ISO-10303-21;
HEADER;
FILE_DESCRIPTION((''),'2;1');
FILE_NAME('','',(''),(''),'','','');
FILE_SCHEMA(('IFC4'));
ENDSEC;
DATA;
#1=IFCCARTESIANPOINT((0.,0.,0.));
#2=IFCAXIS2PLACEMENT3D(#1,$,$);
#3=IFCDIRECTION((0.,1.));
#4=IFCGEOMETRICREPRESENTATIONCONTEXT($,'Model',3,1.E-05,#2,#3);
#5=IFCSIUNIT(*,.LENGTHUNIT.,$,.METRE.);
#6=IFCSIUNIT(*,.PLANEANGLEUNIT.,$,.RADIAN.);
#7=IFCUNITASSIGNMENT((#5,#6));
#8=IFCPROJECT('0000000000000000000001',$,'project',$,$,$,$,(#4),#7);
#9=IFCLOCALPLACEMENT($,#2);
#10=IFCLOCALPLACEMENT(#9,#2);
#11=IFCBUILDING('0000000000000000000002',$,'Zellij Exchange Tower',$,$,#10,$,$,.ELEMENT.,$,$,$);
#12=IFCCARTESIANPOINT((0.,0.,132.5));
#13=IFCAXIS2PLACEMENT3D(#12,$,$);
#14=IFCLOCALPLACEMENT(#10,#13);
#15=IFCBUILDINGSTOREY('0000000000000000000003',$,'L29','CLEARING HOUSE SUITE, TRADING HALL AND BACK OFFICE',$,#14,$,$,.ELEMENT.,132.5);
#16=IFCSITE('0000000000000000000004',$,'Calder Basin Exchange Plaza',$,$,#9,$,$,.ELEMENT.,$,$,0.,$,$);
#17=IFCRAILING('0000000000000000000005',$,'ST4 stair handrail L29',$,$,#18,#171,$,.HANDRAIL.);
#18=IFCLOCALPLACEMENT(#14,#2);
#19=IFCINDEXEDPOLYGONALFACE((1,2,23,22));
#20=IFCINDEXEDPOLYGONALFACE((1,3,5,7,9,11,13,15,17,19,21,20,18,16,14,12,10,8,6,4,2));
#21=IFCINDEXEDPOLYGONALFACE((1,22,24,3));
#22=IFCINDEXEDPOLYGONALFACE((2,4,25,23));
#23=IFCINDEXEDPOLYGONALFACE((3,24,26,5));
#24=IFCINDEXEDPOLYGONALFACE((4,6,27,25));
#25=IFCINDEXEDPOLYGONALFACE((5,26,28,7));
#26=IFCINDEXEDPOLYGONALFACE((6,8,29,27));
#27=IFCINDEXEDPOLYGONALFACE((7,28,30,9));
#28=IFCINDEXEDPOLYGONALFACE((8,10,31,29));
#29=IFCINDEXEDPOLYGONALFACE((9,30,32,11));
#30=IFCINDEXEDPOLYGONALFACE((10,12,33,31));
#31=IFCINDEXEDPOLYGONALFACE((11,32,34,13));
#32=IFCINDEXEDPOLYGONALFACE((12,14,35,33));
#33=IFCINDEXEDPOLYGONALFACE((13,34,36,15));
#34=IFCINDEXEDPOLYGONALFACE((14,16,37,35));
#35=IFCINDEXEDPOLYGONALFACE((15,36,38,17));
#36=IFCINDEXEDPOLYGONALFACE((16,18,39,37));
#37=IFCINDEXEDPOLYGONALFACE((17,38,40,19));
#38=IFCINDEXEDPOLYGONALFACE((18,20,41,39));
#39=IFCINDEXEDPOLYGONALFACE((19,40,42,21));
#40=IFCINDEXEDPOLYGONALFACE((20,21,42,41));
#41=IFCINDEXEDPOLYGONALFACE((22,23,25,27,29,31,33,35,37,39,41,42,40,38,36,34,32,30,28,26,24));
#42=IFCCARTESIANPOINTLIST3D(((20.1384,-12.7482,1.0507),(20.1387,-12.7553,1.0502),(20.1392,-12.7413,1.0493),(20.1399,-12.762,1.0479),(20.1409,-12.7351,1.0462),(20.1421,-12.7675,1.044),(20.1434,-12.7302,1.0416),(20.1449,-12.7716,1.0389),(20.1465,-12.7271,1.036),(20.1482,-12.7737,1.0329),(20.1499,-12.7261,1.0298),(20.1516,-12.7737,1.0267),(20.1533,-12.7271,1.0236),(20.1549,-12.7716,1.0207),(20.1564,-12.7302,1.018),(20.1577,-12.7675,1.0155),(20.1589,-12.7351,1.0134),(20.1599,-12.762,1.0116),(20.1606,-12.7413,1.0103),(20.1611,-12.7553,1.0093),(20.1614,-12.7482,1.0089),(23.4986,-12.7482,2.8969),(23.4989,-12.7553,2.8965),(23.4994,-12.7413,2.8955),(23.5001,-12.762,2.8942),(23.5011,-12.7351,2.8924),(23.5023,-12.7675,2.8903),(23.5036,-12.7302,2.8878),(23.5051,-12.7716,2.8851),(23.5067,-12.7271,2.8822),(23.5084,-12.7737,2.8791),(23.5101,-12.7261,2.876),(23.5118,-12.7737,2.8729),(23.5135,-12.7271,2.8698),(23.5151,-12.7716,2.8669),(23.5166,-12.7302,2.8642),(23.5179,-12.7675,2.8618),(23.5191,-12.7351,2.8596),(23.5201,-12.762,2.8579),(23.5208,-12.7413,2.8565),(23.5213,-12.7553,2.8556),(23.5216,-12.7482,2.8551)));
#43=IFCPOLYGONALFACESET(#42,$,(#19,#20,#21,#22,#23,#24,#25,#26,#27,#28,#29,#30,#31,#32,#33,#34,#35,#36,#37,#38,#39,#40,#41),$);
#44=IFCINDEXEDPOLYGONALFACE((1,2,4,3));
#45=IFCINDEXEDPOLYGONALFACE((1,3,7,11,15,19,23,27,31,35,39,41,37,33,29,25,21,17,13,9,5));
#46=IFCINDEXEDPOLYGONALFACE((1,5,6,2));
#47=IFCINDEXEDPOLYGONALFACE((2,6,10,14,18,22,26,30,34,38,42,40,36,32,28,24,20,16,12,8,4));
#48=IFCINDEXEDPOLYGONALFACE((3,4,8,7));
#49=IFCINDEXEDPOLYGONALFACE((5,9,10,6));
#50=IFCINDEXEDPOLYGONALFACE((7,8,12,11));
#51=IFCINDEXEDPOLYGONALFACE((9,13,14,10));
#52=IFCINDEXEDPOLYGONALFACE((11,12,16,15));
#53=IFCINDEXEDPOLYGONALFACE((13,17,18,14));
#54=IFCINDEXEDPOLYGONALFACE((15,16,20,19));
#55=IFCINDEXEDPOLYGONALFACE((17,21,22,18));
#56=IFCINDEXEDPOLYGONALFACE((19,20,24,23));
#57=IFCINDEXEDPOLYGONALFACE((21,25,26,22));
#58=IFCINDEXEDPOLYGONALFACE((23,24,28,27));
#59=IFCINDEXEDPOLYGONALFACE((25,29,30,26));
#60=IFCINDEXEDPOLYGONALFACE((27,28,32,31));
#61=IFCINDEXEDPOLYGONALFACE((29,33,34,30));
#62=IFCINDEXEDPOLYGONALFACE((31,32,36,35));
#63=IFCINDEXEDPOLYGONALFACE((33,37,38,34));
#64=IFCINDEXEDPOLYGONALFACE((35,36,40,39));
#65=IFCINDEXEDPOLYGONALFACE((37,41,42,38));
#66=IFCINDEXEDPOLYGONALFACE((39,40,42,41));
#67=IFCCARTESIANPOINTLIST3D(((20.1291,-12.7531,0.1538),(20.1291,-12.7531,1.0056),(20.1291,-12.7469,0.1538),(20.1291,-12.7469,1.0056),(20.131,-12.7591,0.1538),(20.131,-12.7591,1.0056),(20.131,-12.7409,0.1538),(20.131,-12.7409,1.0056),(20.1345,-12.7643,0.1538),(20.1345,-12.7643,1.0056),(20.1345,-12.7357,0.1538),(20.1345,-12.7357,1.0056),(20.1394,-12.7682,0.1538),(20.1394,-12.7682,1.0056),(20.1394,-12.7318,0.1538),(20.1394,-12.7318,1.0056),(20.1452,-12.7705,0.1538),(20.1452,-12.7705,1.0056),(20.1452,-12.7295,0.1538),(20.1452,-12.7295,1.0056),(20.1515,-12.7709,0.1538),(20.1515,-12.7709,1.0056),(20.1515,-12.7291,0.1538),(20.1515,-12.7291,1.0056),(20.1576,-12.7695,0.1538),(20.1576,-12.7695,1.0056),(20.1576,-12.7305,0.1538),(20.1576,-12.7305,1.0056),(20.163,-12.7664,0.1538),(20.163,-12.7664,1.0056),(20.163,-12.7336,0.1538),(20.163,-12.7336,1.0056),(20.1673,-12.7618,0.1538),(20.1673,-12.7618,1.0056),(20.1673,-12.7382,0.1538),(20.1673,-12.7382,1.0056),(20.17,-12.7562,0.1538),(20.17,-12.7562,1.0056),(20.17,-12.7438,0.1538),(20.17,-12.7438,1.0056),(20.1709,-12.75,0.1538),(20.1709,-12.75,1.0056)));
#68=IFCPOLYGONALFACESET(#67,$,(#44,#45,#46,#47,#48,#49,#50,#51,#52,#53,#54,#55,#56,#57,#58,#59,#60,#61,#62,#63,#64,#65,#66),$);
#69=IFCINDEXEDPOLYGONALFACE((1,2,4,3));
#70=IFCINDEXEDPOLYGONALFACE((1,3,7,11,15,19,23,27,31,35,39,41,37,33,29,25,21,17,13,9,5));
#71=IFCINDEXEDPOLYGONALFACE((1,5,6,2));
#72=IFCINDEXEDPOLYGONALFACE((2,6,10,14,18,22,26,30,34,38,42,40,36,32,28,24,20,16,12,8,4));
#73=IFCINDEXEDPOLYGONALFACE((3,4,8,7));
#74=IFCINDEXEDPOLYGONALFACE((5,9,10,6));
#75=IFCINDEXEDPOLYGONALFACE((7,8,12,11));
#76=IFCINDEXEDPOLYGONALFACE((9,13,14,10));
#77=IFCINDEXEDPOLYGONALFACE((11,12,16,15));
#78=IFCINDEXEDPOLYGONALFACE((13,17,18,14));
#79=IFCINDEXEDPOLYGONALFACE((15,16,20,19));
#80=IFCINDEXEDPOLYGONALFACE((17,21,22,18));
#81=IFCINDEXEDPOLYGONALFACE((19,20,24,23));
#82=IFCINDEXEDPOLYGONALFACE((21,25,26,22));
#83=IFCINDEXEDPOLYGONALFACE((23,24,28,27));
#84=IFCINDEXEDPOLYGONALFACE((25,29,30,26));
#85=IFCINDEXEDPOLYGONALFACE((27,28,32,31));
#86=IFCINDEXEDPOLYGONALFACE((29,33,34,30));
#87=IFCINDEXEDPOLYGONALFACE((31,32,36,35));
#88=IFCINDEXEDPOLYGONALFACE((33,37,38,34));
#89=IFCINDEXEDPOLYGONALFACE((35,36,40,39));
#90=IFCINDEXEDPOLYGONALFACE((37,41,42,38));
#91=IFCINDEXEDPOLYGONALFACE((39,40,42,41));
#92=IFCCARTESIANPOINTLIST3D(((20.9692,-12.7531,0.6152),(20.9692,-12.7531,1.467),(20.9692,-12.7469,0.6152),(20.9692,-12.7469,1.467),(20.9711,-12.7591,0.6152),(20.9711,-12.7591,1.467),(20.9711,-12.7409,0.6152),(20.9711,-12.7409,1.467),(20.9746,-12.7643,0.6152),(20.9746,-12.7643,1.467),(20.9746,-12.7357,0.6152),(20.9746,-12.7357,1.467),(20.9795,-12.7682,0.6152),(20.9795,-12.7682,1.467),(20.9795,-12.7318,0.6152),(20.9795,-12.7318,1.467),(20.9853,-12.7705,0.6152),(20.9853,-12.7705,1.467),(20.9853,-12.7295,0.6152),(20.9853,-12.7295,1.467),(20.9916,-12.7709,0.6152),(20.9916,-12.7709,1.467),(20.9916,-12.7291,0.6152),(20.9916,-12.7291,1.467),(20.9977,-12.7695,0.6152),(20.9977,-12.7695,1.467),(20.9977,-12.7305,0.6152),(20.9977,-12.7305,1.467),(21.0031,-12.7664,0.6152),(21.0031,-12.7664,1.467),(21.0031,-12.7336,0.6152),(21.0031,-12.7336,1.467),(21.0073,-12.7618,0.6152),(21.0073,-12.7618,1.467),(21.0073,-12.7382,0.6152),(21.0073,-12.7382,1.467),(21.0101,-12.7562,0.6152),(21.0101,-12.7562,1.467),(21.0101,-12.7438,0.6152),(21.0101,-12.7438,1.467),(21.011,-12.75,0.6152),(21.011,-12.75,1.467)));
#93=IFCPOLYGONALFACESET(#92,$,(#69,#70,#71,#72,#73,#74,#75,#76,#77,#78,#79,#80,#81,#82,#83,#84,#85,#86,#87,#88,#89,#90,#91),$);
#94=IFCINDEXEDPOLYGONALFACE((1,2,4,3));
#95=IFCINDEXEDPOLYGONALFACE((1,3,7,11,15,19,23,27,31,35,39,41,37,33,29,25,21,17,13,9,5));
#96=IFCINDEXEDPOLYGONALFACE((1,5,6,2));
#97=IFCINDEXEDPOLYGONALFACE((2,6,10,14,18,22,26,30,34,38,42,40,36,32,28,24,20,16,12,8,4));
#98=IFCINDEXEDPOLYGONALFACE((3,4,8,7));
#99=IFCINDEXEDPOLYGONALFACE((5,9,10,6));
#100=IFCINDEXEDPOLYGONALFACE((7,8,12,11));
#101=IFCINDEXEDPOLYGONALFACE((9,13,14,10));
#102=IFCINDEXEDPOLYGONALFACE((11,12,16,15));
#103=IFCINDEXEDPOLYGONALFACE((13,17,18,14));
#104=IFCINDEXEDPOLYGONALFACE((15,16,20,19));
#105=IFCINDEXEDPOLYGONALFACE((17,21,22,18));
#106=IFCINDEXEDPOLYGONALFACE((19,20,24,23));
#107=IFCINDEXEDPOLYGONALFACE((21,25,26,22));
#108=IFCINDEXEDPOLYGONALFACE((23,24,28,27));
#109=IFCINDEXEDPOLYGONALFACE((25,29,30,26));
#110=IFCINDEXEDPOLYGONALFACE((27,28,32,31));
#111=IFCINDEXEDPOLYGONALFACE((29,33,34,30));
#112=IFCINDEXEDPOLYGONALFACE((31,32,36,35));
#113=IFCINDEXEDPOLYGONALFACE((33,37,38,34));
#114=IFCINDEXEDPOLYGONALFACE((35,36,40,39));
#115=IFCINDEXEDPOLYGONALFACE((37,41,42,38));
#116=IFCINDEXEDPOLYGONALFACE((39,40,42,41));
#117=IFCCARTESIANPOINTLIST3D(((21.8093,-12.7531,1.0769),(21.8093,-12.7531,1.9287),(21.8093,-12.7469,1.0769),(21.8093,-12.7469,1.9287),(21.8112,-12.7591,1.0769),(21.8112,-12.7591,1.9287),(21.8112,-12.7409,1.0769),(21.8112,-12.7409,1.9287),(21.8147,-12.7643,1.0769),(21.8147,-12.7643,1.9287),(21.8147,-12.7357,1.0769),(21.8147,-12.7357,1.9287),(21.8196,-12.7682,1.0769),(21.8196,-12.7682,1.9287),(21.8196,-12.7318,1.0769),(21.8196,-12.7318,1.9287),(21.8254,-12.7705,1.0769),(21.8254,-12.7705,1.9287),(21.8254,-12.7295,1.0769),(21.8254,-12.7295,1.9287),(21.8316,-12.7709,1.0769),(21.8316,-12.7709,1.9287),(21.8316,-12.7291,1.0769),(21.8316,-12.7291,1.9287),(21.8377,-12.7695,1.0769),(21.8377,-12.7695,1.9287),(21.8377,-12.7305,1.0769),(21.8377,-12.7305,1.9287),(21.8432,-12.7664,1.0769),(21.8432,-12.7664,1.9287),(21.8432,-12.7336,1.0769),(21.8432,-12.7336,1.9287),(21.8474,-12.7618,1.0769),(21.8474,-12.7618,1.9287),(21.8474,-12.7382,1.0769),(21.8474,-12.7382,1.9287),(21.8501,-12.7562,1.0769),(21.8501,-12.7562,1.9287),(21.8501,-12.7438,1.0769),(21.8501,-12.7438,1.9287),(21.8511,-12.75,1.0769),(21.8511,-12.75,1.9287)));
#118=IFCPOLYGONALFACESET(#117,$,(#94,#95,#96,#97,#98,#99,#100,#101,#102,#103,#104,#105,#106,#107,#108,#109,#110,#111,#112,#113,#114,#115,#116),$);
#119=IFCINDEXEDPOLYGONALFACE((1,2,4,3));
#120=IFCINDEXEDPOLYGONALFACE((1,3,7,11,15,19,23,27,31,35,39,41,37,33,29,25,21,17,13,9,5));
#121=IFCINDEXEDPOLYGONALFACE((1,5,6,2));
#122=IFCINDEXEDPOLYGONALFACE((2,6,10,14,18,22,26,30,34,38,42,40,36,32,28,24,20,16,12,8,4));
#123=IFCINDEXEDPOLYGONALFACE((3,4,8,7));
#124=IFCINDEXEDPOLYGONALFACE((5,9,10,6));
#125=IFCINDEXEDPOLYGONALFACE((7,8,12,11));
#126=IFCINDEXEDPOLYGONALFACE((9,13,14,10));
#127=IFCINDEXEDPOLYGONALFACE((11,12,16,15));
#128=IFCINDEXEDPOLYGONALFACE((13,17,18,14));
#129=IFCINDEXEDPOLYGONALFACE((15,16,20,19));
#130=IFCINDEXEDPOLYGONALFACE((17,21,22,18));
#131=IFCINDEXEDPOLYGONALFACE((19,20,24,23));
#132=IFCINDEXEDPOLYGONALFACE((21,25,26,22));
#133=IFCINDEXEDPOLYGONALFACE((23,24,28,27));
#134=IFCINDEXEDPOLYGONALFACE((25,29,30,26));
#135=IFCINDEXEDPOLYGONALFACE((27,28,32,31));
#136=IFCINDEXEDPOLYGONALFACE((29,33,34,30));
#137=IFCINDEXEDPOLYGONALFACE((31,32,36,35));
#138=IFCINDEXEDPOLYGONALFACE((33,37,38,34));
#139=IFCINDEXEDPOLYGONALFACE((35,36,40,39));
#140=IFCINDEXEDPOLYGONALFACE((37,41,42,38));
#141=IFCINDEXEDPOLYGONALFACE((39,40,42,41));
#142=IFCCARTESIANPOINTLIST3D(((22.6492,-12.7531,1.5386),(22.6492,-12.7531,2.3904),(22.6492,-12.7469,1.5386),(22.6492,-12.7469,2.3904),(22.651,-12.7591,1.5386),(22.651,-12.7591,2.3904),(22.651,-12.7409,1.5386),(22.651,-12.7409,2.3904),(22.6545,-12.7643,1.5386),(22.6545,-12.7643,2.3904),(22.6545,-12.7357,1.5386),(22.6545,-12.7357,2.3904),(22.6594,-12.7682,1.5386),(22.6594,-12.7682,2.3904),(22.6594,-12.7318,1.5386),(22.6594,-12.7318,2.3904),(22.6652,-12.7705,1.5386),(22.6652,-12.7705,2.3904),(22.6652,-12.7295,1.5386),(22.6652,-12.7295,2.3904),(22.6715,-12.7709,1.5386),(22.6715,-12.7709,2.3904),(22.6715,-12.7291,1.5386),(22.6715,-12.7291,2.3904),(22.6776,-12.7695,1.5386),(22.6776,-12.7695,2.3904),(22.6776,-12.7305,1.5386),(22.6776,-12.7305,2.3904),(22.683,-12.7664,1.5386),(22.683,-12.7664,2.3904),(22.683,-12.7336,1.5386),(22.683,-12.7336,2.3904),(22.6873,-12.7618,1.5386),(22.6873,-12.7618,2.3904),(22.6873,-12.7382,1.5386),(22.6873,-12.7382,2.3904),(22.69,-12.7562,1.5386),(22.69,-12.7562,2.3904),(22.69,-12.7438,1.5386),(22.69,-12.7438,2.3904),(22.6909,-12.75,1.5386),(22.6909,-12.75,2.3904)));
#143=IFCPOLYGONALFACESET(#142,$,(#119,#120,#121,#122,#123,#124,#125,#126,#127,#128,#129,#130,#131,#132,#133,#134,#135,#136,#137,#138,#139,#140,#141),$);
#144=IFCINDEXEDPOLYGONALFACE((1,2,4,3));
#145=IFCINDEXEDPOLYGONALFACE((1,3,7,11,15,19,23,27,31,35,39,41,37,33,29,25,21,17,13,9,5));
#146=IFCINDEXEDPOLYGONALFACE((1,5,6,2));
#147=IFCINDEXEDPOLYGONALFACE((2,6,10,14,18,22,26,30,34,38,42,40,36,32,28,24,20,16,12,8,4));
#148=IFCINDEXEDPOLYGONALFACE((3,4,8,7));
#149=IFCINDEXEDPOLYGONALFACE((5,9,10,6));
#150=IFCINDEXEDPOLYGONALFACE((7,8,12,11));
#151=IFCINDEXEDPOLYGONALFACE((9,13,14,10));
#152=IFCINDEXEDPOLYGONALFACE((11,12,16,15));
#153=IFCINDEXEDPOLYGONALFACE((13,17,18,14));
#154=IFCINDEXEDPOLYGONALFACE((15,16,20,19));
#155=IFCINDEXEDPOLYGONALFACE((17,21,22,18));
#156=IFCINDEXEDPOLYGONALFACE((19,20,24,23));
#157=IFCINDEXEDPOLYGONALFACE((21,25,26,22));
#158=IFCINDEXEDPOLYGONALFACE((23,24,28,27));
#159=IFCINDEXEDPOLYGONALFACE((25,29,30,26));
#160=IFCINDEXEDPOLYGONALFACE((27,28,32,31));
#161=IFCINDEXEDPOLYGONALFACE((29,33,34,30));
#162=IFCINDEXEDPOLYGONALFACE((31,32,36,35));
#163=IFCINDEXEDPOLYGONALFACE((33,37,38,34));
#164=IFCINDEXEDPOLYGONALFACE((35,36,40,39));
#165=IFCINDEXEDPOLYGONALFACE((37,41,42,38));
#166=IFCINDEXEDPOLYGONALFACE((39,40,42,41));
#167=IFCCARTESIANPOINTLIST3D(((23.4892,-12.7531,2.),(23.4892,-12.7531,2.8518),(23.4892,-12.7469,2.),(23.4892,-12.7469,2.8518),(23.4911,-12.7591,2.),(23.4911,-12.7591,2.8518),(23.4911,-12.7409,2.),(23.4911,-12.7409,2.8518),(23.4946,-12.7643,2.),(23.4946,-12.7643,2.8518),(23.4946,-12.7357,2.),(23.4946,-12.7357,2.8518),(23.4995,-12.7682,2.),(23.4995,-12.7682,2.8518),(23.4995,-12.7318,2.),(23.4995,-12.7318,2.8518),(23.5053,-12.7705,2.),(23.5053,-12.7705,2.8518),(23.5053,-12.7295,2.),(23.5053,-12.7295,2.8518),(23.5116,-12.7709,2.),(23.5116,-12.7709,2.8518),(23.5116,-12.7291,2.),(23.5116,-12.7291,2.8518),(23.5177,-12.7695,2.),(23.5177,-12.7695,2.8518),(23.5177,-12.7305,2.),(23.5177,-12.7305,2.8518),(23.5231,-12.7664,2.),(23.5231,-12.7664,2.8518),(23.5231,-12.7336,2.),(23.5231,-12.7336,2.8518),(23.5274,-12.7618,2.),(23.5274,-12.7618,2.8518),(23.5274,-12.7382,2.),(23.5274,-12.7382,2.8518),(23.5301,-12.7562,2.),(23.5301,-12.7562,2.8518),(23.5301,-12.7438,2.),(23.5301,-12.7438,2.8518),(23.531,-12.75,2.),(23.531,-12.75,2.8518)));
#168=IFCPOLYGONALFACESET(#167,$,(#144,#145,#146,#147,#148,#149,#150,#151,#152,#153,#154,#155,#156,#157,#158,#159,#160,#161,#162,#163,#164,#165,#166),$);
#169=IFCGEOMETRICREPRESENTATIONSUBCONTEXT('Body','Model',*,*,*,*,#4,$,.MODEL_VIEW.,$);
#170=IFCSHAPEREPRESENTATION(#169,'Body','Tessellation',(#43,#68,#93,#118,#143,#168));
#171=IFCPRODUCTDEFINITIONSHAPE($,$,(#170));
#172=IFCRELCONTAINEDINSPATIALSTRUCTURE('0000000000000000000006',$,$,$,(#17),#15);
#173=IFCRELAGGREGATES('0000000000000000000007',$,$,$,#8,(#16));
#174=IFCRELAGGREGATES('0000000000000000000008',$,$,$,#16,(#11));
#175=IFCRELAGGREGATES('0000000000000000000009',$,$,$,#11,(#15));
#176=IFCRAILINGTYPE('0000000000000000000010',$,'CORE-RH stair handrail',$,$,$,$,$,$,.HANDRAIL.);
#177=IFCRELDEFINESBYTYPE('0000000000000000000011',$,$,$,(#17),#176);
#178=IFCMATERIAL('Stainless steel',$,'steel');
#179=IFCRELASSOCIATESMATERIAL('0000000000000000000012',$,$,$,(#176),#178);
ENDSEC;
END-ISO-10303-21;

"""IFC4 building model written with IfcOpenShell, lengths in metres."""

from ifc_helpers import new_model, si_unit, direction, frame, origin, origin_2d, place, context, subcontext, project, spatial, circle, extrude, material, type_object, element, save


model = new_model("IFC4")

# Units and contexts
model_context = context("Model", 3, precision=1e-05, world=origin(), true_north=direction((0.0, 1.0)))
body_context = subcontext(model_context, "Body", "Model", "MODEL_VIEW")
ifc_project = project(units=[si_unit("LENGTHUNIT", "METRE"), si_unit("PLANEANGLEUNIT", "RADIAN")], contexts=[model_context])

# Site, building, storey
site_placement = place(None, origin())
site = spatial("IfcSite", under=ifc_project, at=site_placement, Name="Calder Basin Exchange Plaza", CompositionType="ELEMENT", RefElevation=0.0)
building_placement = place(site_placement, origin())
building = spatial("IfcBuilding", under=site, at=building_placement, Name="Zellij Exchange Tower", CompositionType="ELEMENT")
storey_placement = place(building_placement, frame((0.0, 0.0, 132.5)))
storey = spatial("IfcBuildingStorey", under=building, at=storey_placement, Name="L29", Description="CLEARING HOUSE SUITE, TRADING HALL AND BACK OFFICE", CompositionType="ELEMENT", Elevation=132.5)

# Railing
ifc_material_1 = material(Name="Stainless steel", Category="steel")
railing_type_1 = type_object("IfcRailingType", Name="CORE-RH stair handrail", PredefinedType="HANDRAIL", material=ifc_material_1)
railing_1_placement = place(storey_placement, frame((20.1499, -12.75, 0.1538)))
element("IfcRailing", 1, at=railing_1_placement, inside=storey, type_object=railing_type_1, Name="ST4 stair handrail L29", PredefinedType="HANDRAIL", context=body_context, shape_type="SweptSolid", body=[
    extrude(circle(Radius=0.0239, at=origin_2d()), frame((0.0, 0.0, 0.876), z_axis=(0.876422, 0.0, 0.481545), x_axis=(0.0, 1.0, 0.0)), (0.0, 0.0, 1.0), 3.834),
    extrude(circle(Radius=0.021, at=origin_2d()), origin(), (0.0, 0.0, 1.0), 0.8518),
    extrude(circle(Radius=0.021, at=origin_2d()), frame((0.8401, 0.0, 0.4614)), (0.0, 0.0, 1.0), 0.8518),
    extrude(circle(Radius=0.021, at=origin_2d()), frame((1.6802, 0.0, 0.9231)), (0.0, 0.0, 1.0), 0.8518),
    extrude(circle(Radius=0.021, at=origin_2d()), frame((2.52, 0.0, 1.3848)), (0.0, 0.0, 1.0), 0.8518),
    extrude(circle(Radius=0.021, at=origin_2d()), frame((3.3601, 0.0, 1.8462)), (0.0, 0.0, 1.0), 0.8518),
])

save(model, "model.ifc")
